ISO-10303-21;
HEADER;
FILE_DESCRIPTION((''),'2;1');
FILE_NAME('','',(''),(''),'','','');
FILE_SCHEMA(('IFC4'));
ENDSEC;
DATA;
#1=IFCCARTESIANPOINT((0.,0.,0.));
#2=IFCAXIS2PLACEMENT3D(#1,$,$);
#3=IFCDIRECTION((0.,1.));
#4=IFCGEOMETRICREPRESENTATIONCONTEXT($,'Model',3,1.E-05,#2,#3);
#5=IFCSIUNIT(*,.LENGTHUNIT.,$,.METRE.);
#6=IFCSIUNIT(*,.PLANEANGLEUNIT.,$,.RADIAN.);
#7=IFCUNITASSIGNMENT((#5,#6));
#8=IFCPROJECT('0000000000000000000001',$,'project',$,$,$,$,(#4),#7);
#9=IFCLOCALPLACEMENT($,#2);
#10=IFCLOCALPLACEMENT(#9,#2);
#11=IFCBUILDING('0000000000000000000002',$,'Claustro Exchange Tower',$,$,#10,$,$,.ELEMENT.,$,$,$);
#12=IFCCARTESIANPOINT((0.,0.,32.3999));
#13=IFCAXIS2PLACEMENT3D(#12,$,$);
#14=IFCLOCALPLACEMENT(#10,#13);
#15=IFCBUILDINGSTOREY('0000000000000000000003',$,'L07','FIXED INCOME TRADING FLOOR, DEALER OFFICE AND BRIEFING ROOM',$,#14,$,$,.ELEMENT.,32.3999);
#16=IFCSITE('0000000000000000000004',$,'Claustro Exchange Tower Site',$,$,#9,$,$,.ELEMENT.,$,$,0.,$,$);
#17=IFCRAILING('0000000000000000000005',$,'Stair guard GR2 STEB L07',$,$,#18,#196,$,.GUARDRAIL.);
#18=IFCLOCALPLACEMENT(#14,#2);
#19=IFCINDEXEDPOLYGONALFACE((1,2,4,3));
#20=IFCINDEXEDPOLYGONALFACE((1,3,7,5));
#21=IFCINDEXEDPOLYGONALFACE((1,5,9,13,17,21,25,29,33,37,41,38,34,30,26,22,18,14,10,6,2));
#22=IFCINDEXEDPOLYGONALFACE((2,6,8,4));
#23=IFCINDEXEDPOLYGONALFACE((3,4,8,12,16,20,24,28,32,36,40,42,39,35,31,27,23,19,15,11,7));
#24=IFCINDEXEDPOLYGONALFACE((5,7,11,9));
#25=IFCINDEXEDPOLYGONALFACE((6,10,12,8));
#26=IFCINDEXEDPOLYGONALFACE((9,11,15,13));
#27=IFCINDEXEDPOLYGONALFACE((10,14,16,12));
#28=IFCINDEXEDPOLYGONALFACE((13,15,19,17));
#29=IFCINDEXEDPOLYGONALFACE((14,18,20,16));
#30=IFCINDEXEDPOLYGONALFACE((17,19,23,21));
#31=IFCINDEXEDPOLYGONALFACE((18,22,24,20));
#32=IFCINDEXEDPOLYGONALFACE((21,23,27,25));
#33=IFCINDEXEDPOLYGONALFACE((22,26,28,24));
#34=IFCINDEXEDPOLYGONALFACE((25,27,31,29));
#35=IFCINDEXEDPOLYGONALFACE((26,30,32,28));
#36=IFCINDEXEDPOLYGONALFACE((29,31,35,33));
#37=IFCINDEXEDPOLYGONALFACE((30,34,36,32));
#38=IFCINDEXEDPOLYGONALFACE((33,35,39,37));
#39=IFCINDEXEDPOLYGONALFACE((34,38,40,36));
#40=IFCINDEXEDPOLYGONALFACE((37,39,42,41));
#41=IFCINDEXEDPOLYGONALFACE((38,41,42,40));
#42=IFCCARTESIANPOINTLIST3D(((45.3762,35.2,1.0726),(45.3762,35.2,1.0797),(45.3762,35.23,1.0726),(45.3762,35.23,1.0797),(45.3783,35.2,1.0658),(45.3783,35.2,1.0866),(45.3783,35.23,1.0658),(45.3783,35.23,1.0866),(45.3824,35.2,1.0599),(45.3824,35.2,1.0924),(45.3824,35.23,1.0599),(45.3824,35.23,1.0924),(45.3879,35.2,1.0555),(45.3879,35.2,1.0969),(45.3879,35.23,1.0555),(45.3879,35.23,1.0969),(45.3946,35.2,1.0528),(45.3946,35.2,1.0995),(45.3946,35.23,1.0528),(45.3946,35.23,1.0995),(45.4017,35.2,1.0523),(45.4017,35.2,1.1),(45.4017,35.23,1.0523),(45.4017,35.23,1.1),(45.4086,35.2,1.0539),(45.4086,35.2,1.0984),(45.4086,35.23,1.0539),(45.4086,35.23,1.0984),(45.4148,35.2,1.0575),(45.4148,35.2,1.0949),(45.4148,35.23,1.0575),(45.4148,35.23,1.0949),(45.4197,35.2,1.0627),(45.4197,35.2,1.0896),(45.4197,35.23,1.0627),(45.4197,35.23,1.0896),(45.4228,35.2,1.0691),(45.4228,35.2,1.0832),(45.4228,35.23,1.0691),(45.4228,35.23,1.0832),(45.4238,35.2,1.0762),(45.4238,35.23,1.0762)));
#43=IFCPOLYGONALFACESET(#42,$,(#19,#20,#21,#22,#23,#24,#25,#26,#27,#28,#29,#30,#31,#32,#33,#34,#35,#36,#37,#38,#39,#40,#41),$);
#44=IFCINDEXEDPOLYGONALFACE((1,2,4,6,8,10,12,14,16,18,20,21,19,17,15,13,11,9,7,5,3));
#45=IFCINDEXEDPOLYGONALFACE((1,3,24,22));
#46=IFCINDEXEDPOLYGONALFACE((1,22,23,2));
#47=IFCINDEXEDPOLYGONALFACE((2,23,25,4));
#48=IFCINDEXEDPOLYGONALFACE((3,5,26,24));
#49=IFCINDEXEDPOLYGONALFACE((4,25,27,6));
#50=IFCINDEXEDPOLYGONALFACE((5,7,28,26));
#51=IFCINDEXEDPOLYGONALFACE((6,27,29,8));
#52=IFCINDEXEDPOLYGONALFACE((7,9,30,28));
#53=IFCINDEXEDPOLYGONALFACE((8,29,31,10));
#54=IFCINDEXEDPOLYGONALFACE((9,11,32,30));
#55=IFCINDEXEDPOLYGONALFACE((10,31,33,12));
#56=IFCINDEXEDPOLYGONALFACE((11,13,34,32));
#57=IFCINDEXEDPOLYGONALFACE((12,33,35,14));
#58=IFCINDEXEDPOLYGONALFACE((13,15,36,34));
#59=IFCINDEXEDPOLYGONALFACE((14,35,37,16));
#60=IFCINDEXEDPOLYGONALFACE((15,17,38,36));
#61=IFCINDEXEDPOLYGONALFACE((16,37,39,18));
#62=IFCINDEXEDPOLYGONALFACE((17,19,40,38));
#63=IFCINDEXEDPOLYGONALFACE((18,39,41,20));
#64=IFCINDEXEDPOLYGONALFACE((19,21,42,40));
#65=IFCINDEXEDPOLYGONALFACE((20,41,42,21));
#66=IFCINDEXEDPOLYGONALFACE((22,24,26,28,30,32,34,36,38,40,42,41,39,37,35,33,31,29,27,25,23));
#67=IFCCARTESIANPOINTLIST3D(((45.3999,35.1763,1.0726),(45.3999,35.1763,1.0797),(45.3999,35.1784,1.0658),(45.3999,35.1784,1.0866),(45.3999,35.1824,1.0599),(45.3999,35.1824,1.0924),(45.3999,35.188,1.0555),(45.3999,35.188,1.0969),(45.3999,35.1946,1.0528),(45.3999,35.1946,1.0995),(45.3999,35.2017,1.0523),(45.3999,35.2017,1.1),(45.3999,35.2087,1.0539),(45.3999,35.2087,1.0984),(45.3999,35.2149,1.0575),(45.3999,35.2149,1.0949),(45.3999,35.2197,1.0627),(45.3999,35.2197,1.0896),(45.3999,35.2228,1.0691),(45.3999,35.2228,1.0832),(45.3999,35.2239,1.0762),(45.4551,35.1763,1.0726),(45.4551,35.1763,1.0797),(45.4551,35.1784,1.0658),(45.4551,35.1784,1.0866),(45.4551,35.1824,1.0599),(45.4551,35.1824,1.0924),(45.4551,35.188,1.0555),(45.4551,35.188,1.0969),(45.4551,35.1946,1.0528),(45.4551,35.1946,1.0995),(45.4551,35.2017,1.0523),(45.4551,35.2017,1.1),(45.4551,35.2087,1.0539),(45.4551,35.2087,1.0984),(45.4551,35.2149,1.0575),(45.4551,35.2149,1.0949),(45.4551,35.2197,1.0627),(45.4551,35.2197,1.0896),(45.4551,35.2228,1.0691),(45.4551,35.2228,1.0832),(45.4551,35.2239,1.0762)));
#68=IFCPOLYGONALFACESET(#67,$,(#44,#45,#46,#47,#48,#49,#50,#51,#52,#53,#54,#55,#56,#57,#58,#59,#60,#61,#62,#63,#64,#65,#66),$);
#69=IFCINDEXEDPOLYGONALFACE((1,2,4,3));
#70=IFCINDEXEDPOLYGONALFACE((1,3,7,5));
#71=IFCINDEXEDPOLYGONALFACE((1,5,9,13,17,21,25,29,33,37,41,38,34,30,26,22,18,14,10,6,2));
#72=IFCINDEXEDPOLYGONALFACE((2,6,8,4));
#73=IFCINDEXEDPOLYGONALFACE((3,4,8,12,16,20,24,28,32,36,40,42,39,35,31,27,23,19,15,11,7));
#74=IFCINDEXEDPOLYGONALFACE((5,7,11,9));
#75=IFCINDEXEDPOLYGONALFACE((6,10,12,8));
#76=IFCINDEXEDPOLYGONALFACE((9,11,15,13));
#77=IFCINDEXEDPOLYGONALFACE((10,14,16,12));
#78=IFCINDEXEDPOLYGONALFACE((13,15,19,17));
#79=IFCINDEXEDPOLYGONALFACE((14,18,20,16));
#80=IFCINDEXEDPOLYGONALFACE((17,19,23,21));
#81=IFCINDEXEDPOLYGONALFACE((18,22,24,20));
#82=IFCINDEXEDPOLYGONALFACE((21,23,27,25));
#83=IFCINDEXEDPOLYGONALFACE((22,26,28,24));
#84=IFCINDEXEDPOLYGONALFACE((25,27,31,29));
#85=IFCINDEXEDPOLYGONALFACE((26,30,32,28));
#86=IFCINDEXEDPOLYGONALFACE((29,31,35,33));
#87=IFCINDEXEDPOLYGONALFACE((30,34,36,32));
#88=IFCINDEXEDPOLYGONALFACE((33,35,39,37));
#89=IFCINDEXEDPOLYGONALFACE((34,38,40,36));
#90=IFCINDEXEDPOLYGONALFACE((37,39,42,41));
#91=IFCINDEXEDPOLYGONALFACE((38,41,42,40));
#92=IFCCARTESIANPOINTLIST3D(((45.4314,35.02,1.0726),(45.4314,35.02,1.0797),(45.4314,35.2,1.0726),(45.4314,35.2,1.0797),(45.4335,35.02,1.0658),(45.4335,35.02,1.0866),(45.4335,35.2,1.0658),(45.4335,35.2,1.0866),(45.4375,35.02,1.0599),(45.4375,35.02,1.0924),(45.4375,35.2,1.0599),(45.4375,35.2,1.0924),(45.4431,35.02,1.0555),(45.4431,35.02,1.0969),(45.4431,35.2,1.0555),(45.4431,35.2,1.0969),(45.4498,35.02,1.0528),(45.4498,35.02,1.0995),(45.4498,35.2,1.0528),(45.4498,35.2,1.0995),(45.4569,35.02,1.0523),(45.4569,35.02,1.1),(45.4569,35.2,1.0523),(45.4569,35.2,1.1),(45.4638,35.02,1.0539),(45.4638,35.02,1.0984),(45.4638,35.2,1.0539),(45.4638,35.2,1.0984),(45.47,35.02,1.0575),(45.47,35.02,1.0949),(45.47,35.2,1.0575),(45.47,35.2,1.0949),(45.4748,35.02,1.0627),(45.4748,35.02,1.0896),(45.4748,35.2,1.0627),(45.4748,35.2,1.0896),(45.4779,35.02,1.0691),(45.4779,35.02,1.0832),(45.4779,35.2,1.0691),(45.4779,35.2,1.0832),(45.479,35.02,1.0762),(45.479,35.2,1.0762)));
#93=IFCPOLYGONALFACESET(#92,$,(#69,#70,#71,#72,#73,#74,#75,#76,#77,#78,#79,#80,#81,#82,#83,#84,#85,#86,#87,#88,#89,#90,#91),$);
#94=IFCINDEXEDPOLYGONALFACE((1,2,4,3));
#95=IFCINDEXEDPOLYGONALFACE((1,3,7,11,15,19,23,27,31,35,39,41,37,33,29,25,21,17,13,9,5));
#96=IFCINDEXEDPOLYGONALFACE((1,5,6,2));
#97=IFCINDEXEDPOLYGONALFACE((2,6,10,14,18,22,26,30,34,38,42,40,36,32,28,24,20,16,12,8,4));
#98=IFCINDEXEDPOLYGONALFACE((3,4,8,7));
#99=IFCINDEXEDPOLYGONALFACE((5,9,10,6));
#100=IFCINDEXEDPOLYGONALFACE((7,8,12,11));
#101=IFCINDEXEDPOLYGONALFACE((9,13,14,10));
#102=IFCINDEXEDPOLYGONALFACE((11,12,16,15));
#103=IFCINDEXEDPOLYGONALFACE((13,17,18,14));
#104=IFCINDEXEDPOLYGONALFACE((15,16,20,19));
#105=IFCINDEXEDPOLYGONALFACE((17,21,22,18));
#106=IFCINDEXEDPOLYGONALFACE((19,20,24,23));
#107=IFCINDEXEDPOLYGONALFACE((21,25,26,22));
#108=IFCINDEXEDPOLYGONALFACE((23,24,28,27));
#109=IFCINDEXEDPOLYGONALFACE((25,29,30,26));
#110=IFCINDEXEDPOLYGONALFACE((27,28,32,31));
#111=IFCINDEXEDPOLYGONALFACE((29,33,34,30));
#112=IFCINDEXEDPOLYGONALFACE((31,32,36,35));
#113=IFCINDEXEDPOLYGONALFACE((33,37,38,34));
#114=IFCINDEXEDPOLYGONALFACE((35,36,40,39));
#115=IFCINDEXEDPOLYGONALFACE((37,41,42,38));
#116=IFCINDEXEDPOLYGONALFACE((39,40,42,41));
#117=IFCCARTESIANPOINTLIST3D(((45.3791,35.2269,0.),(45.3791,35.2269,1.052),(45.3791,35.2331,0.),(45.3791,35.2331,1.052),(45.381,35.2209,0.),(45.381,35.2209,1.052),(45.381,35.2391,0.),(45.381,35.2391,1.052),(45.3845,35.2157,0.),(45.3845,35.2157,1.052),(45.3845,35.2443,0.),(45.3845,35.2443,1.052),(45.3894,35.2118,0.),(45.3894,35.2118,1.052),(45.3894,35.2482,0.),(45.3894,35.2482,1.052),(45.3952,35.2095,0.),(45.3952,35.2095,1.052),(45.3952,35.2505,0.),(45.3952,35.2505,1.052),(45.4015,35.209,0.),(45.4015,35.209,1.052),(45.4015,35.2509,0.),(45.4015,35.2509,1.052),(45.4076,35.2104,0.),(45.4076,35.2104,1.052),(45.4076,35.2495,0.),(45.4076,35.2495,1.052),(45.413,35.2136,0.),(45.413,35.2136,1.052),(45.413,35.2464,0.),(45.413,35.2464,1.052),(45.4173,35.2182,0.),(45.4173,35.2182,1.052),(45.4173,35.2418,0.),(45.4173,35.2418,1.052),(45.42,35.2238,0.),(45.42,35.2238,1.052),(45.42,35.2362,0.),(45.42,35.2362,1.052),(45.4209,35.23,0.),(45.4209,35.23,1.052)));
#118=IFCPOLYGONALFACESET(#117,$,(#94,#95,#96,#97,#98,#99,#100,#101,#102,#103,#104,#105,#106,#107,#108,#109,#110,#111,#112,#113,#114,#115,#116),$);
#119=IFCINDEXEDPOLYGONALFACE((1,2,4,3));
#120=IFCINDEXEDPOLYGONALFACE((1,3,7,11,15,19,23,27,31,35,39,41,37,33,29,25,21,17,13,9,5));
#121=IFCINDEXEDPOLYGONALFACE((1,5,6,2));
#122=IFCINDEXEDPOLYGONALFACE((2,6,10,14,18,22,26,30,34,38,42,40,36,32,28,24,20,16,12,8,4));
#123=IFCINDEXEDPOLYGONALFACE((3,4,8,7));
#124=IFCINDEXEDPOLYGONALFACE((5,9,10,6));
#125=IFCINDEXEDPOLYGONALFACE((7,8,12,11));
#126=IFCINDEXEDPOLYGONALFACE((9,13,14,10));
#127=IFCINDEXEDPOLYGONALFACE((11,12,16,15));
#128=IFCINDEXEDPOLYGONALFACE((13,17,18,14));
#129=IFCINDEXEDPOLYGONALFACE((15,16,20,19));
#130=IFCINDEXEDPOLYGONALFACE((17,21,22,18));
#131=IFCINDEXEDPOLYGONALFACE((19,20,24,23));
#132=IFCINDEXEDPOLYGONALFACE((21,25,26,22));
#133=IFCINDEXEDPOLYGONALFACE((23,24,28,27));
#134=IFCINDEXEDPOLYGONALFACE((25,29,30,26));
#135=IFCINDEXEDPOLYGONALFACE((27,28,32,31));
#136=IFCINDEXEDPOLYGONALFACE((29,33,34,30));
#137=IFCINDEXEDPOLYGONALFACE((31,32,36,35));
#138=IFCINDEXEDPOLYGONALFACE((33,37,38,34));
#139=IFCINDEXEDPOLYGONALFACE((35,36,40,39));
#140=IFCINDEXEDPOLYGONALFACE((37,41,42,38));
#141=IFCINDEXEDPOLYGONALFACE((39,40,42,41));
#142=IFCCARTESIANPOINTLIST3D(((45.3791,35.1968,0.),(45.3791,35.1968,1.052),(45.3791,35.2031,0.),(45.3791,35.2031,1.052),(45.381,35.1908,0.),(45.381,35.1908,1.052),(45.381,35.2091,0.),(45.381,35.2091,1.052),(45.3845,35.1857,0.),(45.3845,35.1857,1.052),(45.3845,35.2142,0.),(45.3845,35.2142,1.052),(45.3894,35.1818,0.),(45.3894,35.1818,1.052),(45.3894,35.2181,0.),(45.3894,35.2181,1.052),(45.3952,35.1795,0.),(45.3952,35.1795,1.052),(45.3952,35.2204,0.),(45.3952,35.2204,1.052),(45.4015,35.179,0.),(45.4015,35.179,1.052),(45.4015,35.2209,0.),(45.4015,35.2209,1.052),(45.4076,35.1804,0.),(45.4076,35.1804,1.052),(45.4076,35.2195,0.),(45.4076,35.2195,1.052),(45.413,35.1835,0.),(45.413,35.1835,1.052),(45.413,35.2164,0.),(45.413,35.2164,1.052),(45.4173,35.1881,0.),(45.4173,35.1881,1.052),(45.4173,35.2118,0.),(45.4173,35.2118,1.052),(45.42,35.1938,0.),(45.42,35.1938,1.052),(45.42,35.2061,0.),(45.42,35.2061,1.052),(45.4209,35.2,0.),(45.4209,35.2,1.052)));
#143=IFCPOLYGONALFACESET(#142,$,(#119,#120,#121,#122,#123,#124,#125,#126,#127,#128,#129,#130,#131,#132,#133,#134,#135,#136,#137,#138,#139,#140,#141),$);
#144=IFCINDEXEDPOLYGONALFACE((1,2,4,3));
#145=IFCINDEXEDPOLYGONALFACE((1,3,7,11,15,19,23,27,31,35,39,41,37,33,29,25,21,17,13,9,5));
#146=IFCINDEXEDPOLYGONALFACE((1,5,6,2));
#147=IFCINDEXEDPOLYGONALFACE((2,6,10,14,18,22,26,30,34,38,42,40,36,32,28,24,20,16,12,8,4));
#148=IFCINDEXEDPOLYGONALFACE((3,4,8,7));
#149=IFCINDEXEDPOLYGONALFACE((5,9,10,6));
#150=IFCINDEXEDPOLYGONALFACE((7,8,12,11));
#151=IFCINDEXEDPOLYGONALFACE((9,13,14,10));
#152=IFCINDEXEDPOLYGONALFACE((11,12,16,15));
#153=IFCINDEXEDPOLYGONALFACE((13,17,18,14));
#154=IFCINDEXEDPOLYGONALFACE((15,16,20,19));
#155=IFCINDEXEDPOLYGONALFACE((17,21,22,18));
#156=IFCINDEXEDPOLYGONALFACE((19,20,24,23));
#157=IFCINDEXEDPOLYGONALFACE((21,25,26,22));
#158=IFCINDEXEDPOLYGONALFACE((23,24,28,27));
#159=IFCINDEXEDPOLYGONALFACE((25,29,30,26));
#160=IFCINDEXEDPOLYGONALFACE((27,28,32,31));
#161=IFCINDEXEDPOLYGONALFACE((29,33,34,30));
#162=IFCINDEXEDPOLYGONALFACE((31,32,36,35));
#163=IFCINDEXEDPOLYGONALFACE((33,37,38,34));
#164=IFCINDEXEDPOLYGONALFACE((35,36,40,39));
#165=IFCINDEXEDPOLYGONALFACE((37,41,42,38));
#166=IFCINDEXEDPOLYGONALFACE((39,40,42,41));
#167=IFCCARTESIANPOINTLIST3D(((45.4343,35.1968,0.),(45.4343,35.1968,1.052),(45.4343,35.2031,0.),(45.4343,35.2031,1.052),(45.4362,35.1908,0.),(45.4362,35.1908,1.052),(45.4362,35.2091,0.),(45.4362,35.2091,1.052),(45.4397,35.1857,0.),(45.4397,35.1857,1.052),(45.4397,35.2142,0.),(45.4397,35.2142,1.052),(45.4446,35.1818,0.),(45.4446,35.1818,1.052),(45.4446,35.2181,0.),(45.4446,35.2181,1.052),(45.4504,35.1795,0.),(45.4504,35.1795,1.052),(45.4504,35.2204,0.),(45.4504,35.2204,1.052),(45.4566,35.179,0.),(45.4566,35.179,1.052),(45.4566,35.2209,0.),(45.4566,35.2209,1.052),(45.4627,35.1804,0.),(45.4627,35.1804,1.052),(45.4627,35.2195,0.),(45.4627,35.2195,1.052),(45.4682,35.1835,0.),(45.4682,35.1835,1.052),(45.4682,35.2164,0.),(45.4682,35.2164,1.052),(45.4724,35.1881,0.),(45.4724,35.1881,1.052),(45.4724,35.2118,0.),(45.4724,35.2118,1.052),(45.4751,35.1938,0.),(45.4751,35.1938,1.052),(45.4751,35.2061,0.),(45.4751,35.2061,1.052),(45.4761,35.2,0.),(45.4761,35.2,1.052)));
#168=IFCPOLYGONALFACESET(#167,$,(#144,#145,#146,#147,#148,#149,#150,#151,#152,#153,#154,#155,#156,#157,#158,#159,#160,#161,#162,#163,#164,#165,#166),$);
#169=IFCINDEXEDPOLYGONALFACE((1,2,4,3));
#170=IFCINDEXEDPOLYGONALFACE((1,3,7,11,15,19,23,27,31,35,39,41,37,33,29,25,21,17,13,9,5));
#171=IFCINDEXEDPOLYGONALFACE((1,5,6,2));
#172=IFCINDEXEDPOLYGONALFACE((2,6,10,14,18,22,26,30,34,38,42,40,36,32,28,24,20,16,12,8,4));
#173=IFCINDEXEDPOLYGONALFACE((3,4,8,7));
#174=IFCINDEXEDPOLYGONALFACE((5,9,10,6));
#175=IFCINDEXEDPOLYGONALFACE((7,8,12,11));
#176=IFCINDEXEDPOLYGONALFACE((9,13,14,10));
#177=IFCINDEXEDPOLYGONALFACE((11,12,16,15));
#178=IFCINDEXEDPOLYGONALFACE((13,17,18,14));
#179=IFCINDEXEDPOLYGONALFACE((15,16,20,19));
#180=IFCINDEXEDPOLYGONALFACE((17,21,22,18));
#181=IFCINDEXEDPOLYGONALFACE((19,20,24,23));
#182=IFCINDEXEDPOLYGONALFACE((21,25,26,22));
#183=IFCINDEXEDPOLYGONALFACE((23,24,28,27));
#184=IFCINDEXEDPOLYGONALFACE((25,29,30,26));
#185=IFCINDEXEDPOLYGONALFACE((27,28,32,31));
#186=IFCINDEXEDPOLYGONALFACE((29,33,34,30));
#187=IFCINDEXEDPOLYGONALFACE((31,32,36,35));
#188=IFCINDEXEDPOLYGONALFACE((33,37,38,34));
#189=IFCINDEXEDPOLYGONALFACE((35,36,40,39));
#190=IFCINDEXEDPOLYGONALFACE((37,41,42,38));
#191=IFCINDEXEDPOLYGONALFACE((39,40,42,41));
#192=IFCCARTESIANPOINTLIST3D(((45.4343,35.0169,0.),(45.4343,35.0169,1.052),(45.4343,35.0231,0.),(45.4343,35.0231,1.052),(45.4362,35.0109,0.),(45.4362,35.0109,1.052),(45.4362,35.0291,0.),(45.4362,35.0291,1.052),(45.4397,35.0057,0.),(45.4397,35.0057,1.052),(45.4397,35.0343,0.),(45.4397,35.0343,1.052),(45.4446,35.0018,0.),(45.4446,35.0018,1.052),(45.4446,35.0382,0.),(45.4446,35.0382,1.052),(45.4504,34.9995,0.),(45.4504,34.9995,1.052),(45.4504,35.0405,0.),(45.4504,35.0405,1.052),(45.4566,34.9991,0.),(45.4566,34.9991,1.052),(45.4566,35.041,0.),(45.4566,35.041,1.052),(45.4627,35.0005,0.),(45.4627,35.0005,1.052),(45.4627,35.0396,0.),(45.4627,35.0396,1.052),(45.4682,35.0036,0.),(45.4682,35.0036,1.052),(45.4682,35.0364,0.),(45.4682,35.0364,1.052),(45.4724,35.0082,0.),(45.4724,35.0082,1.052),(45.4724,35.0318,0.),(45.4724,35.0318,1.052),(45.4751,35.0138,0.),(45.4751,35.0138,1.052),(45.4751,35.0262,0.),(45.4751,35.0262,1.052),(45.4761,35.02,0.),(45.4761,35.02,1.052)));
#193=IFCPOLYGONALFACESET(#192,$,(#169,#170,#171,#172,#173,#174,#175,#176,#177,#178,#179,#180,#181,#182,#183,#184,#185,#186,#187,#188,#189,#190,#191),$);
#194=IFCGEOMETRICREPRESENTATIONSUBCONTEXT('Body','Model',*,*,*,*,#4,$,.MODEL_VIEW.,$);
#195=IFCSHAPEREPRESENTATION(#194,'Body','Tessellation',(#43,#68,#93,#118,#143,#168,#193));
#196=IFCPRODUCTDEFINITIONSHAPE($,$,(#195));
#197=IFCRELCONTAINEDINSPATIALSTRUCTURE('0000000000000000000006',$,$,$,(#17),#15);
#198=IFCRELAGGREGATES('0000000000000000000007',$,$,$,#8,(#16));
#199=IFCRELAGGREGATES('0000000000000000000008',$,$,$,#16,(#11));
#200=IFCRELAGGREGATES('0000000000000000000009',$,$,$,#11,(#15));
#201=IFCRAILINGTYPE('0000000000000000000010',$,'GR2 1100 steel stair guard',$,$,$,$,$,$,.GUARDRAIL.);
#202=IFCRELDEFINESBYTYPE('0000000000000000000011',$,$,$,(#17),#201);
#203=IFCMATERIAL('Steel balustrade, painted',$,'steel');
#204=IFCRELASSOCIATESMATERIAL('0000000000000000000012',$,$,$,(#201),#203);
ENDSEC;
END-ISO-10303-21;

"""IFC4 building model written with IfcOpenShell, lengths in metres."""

from ifc_helpers import new_model, si_unit, direction, frame, origin, origin_2d, place, context, subcontext, project, spatial, circle, extrude, material, type_object, element, save


model = new_model("IFC4")

# Units and contexts
model_context = context("Model", 3, precision=1e-05, world=origin(), true_north=direction((0.0, 1.0)))
body_context = subcontext(model_context, "Body", "Model", "MODEL_VIEW")
ifc_project = project(units=[si_unit("LENGTHUNIT", "METRE"), si_unit("PLANEANGLEUNIT", "RADIAN")], contexts=[model_context])

# Site, building, storey
site_placement = place(None, origin())
site = spatial("IfcSite", under=ifc_project, at=site_placement, Name="Claustro Exchange Tower Site", CompositionType="ELEMENT", RefElevation=0.0)
building_placement = place(site_placement, origin())
building = spatial("IfcBuilding", under=site, at=building_placement, Name="Claustro Exchange Tower", CompositionType="ELEMENT")
storey_placement = place(building_placement, frame((0.0, 0.0, 32.3999)))
storey = spatial("IfcBuildingStorey", under=building, at=storey_placement, Name="L07", Description="FIXED INCOME TRADING FLOOR, DEALER OFFICE AND BRIEFING ROOM", CompositionType="ELEMENT", Elevation=32.3999)

# Railing
ifc_material_1 = material(Name="Steel balustrade, painted", Category="steel")
railing_type_1 = type_object("IfcRailingType", Name="GR2 1100 steel stair guard", PredefinedType="GUARDRAIL", material=ifc_material_1)
railing_1_placement = place(storey_placement, frame((45.3999, 35.23, 0.0)))
element("IfcRailing", 1, at=railing_1_placement, inside=storey, type_object=railing_type_1, Name="Stair guard GR2 STEB L07", PredefinedType="GUARDRAIL", context=body_context, shape_type="SweptSolid", body=[
    extrude(circle(Radius=0.0239, at=origin_2d()), frame((0.0, 0.0, 1.0762), z_axis=(0.0, -1.0, 0.0), x_axis=(1.0, 0.0, 0.0)), (0.0, 0.0, 1.0), 0.03),
    extrude(circle(Radius=0.0239, at=origin_2d()), frame((0.0, -0.03, 1.0762), z_axis=(1.0, 0.0, 0.0), x_axis=(0.0, 1.0, 0.0)), (0.0, 0.0, 1.0), 0.0552),
    extrude(circle(Radius=0.0239, at=origin_2d()), frame((0.0552, -0.03, 1.0762), z_axis=(0.0, -1.0, 0.0), x_axis=(1.0, 0.0, 0.0)), (0.0, 0.0, 1.0), 0.1799),
    extrude(circle(Radius=0.021, at=origin_2d()), origin(), (0.0, 0.0, 1.0), 1.052),
    extrude(circle(Radius=0.021, at=origin_2d()), frame((0.0, -0.03, 0.0)), (0.0, 0.0, 1.0), 1.052),
    extrude(circle(Radius=0.021, at=origin_2d()), frame((0.0552, -0.03, 0.0)), (0.0, 0.0, 1.0), 1.052),
    extrude(circle(Radius=0.021, at=origin_2d()), frame((0.0552, -0.21, 0.0)), (0.0, 0.0, 1.0), 1.052),
])

save(model, "model.ifc")
